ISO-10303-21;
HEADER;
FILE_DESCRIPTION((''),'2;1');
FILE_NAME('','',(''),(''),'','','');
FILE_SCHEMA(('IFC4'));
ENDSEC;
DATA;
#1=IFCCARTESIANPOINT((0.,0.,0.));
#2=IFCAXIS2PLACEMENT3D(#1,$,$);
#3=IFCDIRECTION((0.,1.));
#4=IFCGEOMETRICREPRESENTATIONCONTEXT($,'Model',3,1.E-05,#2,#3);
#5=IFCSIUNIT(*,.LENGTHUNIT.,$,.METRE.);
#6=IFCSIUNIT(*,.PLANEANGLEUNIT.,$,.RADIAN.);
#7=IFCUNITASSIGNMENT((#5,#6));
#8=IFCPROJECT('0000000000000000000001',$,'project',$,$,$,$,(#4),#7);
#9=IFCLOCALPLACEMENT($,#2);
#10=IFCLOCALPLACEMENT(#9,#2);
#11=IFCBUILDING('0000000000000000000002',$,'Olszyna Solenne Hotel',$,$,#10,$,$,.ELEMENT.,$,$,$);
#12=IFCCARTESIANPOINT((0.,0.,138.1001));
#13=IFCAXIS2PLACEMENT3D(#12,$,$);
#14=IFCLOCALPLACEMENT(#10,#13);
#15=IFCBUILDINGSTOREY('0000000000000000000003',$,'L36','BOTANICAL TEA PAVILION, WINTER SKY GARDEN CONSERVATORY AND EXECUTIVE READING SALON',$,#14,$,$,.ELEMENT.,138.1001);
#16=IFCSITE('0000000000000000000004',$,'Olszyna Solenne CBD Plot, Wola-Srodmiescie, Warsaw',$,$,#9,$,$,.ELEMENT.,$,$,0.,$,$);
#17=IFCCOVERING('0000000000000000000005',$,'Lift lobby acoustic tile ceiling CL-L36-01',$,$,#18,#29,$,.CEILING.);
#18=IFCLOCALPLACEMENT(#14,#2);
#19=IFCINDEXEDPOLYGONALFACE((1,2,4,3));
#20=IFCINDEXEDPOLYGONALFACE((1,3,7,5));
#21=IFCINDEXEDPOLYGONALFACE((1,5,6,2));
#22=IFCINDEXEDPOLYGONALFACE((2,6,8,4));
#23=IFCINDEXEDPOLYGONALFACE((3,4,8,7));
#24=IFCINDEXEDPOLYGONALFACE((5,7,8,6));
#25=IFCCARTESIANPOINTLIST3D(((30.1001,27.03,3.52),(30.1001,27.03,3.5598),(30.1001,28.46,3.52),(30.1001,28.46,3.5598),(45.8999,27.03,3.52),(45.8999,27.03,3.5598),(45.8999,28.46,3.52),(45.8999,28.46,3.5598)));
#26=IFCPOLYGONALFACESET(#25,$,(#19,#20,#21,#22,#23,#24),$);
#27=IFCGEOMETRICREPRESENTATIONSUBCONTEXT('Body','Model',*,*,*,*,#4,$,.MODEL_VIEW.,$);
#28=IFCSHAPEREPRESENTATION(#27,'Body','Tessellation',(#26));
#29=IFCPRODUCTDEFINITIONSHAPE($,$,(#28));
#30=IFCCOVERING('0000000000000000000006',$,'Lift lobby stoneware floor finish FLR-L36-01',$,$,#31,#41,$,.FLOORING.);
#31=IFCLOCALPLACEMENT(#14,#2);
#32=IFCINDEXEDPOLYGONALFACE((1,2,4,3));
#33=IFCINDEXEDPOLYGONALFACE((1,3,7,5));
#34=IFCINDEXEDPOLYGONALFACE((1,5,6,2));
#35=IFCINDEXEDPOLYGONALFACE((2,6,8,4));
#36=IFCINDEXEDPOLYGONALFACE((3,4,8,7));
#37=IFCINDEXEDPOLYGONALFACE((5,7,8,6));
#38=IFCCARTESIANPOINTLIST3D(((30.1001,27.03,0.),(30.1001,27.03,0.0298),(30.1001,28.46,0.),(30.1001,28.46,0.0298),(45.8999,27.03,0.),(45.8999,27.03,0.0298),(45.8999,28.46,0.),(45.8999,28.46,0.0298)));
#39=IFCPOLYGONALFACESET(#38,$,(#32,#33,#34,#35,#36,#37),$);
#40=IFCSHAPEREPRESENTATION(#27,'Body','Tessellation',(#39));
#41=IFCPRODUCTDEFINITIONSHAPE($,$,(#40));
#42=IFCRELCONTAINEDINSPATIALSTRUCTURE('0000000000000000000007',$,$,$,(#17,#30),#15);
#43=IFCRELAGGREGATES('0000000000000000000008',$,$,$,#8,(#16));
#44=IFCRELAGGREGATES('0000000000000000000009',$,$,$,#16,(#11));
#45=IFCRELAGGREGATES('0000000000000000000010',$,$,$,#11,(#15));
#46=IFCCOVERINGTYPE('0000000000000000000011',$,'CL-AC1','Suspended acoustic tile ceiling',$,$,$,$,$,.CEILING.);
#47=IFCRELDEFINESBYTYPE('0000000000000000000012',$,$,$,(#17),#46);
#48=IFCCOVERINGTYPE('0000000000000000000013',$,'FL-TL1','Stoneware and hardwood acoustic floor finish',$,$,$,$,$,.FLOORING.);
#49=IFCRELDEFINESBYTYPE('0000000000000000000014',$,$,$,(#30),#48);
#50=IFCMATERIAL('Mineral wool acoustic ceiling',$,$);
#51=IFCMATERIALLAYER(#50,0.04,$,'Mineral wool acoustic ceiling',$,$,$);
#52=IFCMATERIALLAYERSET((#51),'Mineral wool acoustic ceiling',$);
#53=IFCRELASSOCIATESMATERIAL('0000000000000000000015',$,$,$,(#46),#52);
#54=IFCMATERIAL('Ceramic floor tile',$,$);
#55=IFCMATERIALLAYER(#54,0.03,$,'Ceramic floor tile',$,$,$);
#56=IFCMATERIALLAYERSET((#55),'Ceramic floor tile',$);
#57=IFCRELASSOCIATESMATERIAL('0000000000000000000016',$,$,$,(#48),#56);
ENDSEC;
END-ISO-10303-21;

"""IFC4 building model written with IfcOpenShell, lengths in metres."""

from ifc_helpers import new_model, si_unit, direction, frame, origin, place, context, subcontext, project, spatial, polyline, outline, extrude, material, layer, layer_set, type_object, element, save


model = new_model("IFC4")

# Units and contexts
model_context = context("Model", 3, precision=1e-05, world=origin(), true_north=direction((0.0, 1.0)))
body_context = subcontext(model_context, "Body", "Model", "MODEL_VIEW")
ifc_project = project(units=[si_unit("LENGTHUNIT", "METRE"), si_unit("PLANEANGLEUNIT", "RADIAN")], contexts=[model_context])

# Site, building, storey
site_placement = place(None, origin())
site = spatial("IfcSite", under=ifc_project, at=site_placement, Name="Olszyna Solenne CBD Plot, Wola-Srodmiescie, Warsaw", CompositionType="ELEMENT", RefElevation=0.0)
building_placement = place(site_placement, origin())
building = spatial("IfcBuilding", under=site, at=building_placement, Name="Olszyna Solenne Hotel", CompositionType="ELEMENT")
storey_placement = place(building_placement, frame((0.0, 0.0, 138.1001)))
storey = spatial("IfcBuildingStorey", under=building, at=storey_placement, Name="L36", Description="BOTANICAL TEA PAVILION, WINTER SKY GARDEN CONSERVATORY AND EXECUTIVE READING SALON", CompositionType="ELEMENT", Elevation=138.1001)

# Coverings
ifc_material_1 = material(Name="Mineral wool acoustic ceiling")
ifc_layer_1 = layer(ifc_material_1, 0.04, Name="Mineral wool acoustic ceiling")
ifc_layer_set_1 = layer_set([ifc_layer_1], Name="Mineral wool acoustic ceiling")
covering_type_1 = type_object("IfcCoveringType", Name="CL-AC1", Description="Suspended acoustic tile ceiling", PredefinedType="CEILING", material=ifc_layer_set_1)
covering_1_placement = place(storey_placement, frame((0.0, 0.0, 3.52)))
element("IfcCovering", 1, at=covering_1_placement, inside=storey, type_object=covering_type_1, Name="Lift lobby acoustic tile ceiling CL-L36-01", PredefinedType="CEILING", context=body_context, shape_type="SweptSolid", body=[
    extrude(outline(polyline([(30.1001, 27.03), (45.8999, 27.03), (45.8999, 28.46), (30.1001, 28.46), (30.1001, 27.03)])), origin(), (0.0, 0.0, 1.0), 0.0398),
])
ifc_material_2 = material(Name="Ceramic floor tile")
ifc_layer_2 = layer(ifc_material_2, 0.03, Name="Ceramic floor tile")
ifc_layer_set_2 = layer_set([ifc_layer_2], Name="Ceramic floor tile")
covering_type_2 = type_object("IfcCoveringType", Name="FL-TL1", Description="Stoneware and hardwood acoustic floor finish", PredefinedType="FLOORING", material=ifc_layer_set_2)
covering_2_placement = place(storey_placement, origin())
element("IfcCovering", 2, at=covering_2_placement, inside=storey, type_object=covering_type_2, Name="Lift lobby stoneware floor finish FLR-L36-01", PredefinedType="FLOORING", context=body_context, shape_type="SweptSolid", body=[
    extrude(outline(polyline([(30.1001, 27.03), (45.8999, 27.03), (45.8999, 28.46), (30.1001, 28.46), (30.1001, 27.03)])), origin(), (0.0, 0.0, 1.0), 0.0298),
])

save(model, "model.ifc")
